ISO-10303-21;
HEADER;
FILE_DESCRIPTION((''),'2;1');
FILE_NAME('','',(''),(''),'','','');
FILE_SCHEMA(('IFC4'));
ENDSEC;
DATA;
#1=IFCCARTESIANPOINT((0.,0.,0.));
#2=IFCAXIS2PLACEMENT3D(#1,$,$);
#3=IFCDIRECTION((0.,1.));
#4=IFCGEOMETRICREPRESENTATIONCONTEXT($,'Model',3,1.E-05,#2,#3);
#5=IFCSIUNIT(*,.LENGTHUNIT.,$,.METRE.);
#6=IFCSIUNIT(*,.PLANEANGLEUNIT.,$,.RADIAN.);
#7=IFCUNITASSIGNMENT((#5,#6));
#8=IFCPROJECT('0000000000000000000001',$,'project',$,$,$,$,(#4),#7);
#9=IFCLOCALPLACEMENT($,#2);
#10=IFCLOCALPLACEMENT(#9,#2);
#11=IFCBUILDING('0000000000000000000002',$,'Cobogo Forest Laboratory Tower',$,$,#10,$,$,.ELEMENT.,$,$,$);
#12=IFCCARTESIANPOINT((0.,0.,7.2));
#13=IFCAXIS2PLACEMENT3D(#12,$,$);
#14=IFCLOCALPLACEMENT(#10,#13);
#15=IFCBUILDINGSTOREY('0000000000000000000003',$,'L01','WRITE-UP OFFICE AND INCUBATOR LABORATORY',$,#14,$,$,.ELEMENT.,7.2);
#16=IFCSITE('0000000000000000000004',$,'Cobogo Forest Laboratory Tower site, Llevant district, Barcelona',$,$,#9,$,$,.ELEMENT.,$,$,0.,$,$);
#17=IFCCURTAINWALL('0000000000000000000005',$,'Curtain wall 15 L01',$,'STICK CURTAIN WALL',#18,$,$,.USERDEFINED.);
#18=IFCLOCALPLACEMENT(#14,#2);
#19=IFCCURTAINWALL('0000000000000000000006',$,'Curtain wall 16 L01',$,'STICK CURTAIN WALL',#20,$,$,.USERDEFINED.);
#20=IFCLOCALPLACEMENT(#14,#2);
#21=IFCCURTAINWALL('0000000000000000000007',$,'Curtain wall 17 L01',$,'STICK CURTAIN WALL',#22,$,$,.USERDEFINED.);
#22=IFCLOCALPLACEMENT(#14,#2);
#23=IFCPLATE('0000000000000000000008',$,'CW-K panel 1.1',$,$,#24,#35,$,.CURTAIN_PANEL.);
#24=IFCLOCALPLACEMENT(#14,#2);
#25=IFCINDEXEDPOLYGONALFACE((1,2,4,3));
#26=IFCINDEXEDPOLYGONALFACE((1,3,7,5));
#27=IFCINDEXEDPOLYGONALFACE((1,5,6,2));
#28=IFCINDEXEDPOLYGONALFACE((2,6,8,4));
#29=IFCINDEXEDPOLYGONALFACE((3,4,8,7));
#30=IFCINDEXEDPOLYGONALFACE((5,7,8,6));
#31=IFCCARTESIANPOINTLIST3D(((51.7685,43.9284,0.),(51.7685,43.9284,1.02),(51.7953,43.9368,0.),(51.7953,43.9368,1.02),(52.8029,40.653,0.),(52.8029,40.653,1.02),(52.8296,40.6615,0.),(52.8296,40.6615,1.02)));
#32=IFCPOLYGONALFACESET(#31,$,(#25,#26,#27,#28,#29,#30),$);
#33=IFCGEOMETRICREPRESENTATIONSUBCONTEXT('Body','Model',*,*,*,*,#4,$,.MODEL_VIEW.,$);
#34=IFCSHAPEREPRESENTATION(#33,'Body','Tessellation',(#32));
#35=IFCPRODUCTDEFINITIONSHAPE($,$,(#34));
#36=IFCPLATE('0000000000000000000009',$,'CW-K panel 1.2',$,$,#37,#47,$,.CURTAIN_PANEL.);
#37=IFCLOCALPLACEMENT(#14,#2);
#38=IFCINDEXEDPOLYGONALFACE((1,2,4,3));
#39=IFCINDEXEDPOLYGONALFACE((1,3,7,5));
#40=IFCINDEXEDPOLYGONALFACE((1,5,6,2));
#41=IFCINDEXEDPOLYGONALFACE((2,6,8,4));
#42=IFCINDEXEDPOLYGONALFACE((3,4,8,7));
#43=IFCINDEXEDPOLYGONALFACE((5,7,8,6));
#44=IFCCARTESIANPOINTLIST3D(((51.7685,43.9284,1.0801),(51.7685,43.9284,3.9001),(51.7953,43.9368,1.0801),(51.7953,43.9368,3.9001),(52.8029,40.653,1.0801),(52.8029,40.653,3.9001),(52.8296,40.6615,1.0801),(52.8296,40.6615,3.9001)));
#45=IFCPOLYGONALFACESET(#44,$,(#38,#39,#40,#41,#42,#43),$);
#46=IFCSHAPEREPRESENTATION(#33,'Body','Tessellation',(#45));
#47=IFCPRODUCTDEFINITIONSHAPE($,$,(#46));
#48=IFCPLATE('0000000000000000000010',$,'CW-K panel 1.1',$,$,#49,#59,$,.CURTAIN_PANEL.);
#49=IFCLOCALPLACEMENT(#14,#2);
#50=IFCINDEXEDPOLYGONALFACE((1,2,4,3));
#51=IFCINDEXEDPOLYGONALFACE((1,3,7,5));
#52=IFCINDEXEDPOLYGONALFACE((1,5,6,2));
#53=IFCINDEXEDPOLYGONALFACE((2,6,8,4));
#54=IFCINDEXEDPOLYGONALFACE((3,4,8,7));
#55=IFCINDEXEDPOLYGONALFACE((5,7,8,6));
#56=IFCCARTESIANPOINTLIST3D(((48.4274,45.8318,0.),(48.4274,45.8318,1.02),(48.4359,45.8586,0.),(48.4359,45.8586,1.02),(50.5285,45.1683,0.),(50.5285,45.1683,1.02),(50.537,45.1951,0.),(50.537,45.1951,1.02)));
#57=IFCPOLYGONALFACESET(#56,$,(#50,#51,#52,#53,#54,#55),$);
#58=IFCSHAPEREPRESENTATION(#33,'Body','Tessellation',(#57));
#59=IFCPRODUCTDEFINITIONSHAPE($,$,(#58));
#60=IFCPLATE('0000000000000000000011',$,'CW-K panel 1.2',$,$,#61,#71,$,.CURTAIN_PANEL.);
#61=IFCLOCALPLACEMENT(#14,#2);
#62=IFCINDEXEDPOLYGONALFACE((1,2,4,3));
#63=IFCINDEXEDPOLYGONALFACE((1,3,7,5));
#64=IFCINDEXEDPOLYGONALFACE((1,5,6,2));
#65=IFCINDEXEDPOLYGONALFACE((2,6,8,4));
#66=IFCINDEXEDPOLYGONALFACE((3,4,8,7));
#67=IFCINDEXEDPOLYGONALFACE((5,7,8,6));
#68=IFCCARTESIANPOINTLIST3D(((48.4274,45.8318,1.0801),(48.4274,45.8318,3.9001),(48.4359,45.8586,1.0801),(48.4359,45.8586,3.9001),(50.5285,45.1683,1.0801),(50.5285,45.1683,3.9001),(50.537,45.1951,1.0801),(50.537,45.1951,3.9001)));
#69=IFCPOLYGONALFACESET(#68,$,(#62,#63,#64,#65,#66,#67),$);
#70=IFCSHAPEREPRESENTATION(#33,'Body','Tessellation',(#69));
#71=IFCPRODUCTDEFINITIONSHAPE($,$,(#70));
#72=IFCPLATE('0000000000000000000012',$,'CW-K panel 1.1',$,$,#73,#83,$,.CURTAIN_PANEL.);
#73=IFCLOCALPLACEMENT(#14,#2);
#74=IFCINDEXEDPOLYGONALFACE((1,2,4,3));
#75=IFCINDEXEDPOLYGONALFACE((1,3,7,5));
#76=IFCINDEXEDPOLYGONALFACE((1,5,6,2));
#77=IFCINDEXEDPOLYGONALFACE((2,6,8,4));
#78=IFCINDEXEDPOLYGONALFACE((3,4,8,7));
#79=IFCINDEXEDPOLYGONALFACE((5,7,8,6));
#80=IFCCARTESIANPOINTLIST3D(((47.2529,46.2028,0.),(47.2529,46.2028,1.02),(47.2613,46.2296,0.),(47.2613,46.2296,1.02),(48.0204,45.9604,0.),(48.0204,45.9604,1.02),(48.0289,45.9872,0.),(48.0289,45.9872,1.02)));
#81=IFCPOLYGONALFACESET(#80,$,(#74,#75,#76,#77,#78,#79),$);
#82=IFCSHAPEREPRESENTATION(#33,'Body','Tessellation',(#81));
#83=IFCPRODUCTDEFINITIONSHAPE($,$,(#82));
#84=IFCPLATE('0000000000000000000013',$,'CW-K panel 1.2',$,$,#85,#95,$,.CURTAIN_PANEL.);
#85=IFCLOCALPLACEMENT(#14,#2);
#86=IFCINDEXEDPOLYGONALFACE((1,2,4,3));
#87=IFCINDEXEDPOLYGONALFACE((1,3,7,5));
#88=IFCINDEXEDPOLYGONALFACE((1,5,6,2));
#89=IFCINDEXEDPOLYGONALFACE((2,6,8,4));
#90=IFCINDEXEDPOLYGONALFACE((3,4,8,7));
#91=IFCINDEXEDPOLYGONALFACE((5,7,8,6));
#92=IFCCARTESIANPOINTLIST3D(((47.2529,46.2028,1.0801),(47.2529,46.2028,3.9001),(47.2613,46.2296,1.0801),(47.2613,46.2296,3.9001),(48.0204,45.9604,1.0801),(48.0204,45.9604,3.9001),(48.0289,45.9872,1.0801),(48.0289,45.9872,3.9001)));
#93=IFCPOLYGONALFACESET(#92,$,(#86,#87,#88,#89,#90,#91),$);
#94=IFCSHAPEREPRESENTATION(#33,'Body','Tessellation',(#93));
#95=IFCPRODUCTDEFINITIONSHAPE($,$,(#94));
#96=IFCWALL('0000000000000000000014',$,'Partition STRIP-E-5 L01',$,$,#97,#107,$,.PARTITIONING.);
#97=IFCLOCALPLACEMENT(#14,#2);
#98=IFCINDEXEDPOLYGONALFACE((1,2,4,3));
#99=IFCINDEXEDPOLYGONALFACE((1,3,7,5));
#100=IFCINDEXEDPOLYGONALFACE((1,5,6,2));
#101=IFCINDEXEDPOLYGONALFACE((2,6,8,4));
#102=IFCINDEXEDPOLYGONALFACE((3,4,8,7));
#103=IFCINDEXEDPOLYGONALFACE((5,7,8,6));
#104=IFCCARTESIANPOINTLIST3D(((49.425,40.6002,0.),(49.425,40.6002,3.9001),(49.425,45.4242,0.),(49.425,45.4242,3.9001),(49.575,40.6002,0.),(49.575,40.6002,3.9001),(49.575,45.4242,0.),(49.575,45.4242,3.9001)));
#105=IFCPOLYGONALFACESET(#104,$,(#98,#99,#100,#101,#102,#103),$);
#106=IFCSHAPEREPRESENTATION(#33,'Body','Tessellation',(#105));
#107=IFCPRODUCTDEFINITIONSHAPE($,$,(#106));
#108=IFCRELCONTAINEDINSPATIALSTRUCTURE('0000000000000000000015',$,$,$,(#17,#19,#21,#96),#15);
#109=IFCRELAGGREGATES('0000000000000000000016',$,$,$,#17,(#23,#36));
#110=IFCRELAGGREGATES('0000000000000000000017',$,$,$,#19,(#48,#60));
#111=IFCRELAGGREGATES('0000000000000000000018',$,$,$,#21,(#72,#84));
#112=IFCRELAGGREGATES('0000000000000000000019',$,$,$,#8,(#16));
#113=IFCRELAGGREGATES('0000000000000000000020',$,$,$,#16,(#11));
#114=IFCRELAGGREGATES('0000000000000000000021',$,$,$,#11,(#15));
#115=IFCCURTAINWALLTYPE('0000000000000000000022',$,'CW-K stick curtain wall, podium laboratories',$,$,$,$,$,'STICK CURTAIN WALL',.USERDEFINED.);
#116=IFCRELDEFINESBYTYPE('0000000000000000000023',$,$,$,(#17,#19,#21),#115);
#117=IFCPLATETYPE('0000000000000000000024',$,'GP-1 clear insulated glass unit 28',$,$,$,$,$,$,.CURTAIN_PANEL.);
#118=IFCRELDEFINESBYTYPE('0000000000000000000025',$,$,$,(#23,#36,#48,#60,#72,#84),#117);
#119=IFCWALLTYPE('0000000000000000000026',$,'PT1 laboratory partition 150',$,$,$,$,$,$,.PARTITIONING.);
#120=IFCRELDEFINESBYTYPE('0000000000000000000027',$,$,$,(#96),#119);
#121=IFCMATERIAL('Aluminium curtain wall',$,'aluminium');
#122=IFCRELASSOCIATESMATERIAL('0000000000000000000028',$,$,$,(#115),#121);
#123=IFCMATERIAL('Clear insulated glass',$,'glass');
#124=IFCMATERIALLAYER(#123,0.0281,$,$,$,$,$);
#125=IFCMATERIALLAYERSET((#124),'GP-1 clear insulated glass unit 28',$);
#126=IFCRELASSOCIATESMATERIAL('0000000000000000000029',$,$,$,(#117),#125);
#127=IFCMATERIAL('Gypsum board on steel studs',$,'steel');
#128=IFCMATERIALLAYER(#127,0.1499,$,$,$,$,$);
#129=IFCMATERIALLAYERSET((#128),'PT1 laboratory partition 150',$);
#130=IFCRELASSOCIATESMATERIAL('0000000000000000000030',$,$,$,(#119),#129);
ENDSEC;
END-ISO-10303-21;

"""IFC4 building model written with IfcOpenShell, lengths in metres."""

from ifc_helpers import new_model, si_unit, direction, frame, frame_2d, origin, origin_2d, place, context, subcontext, project, spatial, rectangle, extrude, material, layer, layer_set, type_object, element, aggregate, save


model = new_model("IFC4")

# Units and contexts
model_context = context("Model", 3, precision=1e-05, world=origin(), true_north=direction((0.0, 1.0)))
body_context = subcontext(model_context, "Body", "Model", "MODEL_VIEW")
ifc_project = project(units=[si_unit("LENGTHUNIT", "METRE"), si_unit("PLANEANGLEUNIT", "RADIAN")], contexts=[model_context])

# Site, building, storey
site_placement = place(None, origin())
site = spatial("IfcSite", under=ifc_project, at=site_placement, Name="Cobogo Forest Laboratory Tower site, Llevant district, Barcelona", CompositionType="ELEMENT", RefElevation=0.0)
building_placement = place(site_placement, origin())
building = spatial("IfcBuilding", under=site, at=building_placement, Name="Cobogo Forest Laboratory Tower", CompositionType="ELEMENT")
storey_placement = place(building_placement, frame((0.0, 0.0, 7.2)))
storey = spatial("IfcBuildingStorey", under=building, at=storey_placement, Name="L01", Description="WRITE-UP OFFICE AND INCUBATOR LABORATORY", CompositionType="ELEMENT", Elevation=7.2)

# Shared definitions
ifc_material_1 = material(Name="Aluminium curtain wall", Category="aluminium")
curtain_wall_type = type_object("IfcCurtainWallType", Name="CW-K stick curtain wall, podium laboratories", ElementType="STICK CURTAIN WALL", PredefinedType="USERDEFINED", material=ifc_material_1)

# Curtain walls
curtain_wall_1_placement = place(storey_placement, origin())
curtain_wall_1 = element("IfcCurtainWall", 1, at=curtain_wall_1_placement, inside=storey, type_object=curtain_wall_type, Name="Curtain wall 15 L01", ObjectType="STICK CURTAIN WALL", PredefinedType="USERDEFINED")
curtain_wall_2_placement = place(storey_placement, origin())
curtain_wall_2 = element("IfcCurtainWall", 2, at=curtain_wall_2_placement, inside=storey, type_object=curtain_wall_type, Name="Curtain wall 16 L01", ObjectType="STICK CURTAIN WALL", PredefinedType="USERDEFINED")
curtain_wall_3_placement = place(storey_placement, origin())
curtain_wall_3 = element("IfcCurtainWall", 3, at=curtain_wall_3_placement, inside=storey, type_object=curtain_wall_type, Name="Curtain wall 17 L01", ObjectType="STICK CURTAIN WALL", PredefinedType="USERDEFINED")

# Plates
ifc_material_2 = material(Name="Clear insulated glass", Category="glass")
ifc_layer_1 = layer(ifc_material_2, 0.0281)
ifc_layer_set_1 = layer_set([ifc_layer_1], Name="GP-1 clear insulated glass unit 28")
plate_type = type_object("IfcPlateType", Name="GP-1 clear insulated glass unit 28", PredefinedType="CURTAIN_PANEL", material=ifc_layer_set_1)
plate_1_placement = place(storey_placement, frame((52.2991, 42.2949, 0.0), z_axis=(0.0, 0.0, 1.0), x_axis=(-0.301135, 0.953581, 0.0)))
plate_1 = element("IfcPlate", 4, at=plate_1_placement, type_object=plate_type, Name="CW-K panel 1.1", PredefinedType="CURTAIN_PANEL", context=body_context, shape_type="SweptSolid", body=[
    extrude(rectangle(XDim=3.4348, YDim=0.0281, at=origin_2d()), origin(), (0.0, 0.0, 1.0), 1.02),
])
plate_2_placement = place(storey_placement, frame((52.2991, 42.2949, 1.0801), z_axis=(0.0, 0.0, 1.0), x_axis=(-0.301135, 0.953581, 0.0)))
plate_2 = element("IfcPlate", 5, at=plate_2_placement, type_object=plate_type, Name="CW-K panel 1.2", PredefinedType="CURTAIN_PANEL", context=body_context, shape_type="SweptSolid", body=[
    extrude(rectangle(XDim=3.4348, YDim=0.0281, at=origin_2d()), origin(), (0.0, 0.0, 1.0), 2.8201),
])
aggregate(curtain_wall_1, [plate_1, plate_2])
plate_3_placement = place(storey_placement, frame((49.4822, 45.5134, 0.0), z_axis=(0.0, 0.0, 1.0), x_axis=(-0.953581, 0.301135, 0.0)))
plate_3 = element("IfcPlate", 6, at=plate_3_placement, type_object=plate_type, Name="CW-K panel 1.1", PredefinedType="CURTAIN_PANEL", context=body_context, shape_type="SweptSolid", body=[
    extrude(rectangle(XDim=2.2034, YDim=0.0281, at=origin_2d()), origin(), (0.0, 0.0, 1.0), 1.02),
])
plate_4_placement = place(storey_placement, frame((49.4822, 45.5134, 1.0801), z_axis=(0.0, 0.0, 1.0), x_axis=(-0.953581, 0.301135, 0.0)))
plate_4 = element("IfcPlate", 7, at=plate_4_placement, type_object=plate_type, Name="CW-K panel 1.2", PredefinedType="CURTAIN_PANEL", context=body_context, shape_type="SweptSolid", body=[
    extrude(rectangle(XDim=2.2034, YDim=0.0281, at=origin_2d()), origin(), (0.0, 0.0, 1.0), 2.8201),
])
aggregate(curtain_wall_2, [plate_3, plate_4])
plate_5_placement = place(storey_placement, frame((47.6409, 46.095, 0.0), z_axis=(0.0, 0.0, 1.0), x_axis=(-0.953581, 0.301135, 0.0)))
plate_5 = element("IfcPlate", 8, at=plate_5_placement, type_object=plate_type, Name="CW-K panel 1.1", PredefinedType="CURTAIN_PANEL", context=body_context, shape_type="SweptSolid", body=[
    extrude(rectangle(XDim=0.8049, YDim=0.0281, at=origin_2d()), origin(), (0.0, 0.0, 1.0), 1.02),
])
plate_6_placement = place(storey_placement, frame((47.6409, 46.095, 1.0801), z_axis=(0.0, 0.0, 1.0), x_axis=(-0.953581, 0.301135, 0.0)))
plate_6 = element("IfcPlate", 9, at=plate_6_placement, type_object=plate_type, Name="CW-K panel 1.2", PredefinedType="CURTAIN_PANEL", context=body_context, shape_type="SweptSolid", body=[
    extrude(rectangle(XDim=0.8049, YDim=0.0281, at=origin_2d()), origin(), (0.0, 0.0, 1.0), 2.8201),
])
aggregate(curtain_wall_3, [plate_5, plate_6])

# Wall
ifc_material_3 = material(Name="Gypsum board on steel studs", Category="steel")
ifc_layer_2 = layer(ifc_material_3, 0.1499)
ifc_layer_set_2 = layer_set([ifc_layer_2], Name="PT1 laboratory partition 150")
wall_type = type_object("IfcWallType", Name="PT1 laboratory partition 150", PredefinedType="PARTITIONING", material=ifc_layer_set_2)
wall_placement = place(storey_placement, frame((49.5, 40.6001, 0.0), z_axis=(0.0, 0.0, 1.0), x_axis=(0.0, 1.0, 0.0)))
element("IfcWall", 10, at=wall_placement, inside=storey, type_object=wall_type, Name="Partition STRIP-E-5 L01", PredefinedType="PARTITIONING", context=body_context, shape_type="SweptSolid", body=[
    extrude(rectangle(XDim=4.824, YDim=0.1499, at=frame_2d((2.4121, 0.0))), origin(), (0.0, 0.0, 1.0), 3.9001),
])

save(model, "model.ifc")
